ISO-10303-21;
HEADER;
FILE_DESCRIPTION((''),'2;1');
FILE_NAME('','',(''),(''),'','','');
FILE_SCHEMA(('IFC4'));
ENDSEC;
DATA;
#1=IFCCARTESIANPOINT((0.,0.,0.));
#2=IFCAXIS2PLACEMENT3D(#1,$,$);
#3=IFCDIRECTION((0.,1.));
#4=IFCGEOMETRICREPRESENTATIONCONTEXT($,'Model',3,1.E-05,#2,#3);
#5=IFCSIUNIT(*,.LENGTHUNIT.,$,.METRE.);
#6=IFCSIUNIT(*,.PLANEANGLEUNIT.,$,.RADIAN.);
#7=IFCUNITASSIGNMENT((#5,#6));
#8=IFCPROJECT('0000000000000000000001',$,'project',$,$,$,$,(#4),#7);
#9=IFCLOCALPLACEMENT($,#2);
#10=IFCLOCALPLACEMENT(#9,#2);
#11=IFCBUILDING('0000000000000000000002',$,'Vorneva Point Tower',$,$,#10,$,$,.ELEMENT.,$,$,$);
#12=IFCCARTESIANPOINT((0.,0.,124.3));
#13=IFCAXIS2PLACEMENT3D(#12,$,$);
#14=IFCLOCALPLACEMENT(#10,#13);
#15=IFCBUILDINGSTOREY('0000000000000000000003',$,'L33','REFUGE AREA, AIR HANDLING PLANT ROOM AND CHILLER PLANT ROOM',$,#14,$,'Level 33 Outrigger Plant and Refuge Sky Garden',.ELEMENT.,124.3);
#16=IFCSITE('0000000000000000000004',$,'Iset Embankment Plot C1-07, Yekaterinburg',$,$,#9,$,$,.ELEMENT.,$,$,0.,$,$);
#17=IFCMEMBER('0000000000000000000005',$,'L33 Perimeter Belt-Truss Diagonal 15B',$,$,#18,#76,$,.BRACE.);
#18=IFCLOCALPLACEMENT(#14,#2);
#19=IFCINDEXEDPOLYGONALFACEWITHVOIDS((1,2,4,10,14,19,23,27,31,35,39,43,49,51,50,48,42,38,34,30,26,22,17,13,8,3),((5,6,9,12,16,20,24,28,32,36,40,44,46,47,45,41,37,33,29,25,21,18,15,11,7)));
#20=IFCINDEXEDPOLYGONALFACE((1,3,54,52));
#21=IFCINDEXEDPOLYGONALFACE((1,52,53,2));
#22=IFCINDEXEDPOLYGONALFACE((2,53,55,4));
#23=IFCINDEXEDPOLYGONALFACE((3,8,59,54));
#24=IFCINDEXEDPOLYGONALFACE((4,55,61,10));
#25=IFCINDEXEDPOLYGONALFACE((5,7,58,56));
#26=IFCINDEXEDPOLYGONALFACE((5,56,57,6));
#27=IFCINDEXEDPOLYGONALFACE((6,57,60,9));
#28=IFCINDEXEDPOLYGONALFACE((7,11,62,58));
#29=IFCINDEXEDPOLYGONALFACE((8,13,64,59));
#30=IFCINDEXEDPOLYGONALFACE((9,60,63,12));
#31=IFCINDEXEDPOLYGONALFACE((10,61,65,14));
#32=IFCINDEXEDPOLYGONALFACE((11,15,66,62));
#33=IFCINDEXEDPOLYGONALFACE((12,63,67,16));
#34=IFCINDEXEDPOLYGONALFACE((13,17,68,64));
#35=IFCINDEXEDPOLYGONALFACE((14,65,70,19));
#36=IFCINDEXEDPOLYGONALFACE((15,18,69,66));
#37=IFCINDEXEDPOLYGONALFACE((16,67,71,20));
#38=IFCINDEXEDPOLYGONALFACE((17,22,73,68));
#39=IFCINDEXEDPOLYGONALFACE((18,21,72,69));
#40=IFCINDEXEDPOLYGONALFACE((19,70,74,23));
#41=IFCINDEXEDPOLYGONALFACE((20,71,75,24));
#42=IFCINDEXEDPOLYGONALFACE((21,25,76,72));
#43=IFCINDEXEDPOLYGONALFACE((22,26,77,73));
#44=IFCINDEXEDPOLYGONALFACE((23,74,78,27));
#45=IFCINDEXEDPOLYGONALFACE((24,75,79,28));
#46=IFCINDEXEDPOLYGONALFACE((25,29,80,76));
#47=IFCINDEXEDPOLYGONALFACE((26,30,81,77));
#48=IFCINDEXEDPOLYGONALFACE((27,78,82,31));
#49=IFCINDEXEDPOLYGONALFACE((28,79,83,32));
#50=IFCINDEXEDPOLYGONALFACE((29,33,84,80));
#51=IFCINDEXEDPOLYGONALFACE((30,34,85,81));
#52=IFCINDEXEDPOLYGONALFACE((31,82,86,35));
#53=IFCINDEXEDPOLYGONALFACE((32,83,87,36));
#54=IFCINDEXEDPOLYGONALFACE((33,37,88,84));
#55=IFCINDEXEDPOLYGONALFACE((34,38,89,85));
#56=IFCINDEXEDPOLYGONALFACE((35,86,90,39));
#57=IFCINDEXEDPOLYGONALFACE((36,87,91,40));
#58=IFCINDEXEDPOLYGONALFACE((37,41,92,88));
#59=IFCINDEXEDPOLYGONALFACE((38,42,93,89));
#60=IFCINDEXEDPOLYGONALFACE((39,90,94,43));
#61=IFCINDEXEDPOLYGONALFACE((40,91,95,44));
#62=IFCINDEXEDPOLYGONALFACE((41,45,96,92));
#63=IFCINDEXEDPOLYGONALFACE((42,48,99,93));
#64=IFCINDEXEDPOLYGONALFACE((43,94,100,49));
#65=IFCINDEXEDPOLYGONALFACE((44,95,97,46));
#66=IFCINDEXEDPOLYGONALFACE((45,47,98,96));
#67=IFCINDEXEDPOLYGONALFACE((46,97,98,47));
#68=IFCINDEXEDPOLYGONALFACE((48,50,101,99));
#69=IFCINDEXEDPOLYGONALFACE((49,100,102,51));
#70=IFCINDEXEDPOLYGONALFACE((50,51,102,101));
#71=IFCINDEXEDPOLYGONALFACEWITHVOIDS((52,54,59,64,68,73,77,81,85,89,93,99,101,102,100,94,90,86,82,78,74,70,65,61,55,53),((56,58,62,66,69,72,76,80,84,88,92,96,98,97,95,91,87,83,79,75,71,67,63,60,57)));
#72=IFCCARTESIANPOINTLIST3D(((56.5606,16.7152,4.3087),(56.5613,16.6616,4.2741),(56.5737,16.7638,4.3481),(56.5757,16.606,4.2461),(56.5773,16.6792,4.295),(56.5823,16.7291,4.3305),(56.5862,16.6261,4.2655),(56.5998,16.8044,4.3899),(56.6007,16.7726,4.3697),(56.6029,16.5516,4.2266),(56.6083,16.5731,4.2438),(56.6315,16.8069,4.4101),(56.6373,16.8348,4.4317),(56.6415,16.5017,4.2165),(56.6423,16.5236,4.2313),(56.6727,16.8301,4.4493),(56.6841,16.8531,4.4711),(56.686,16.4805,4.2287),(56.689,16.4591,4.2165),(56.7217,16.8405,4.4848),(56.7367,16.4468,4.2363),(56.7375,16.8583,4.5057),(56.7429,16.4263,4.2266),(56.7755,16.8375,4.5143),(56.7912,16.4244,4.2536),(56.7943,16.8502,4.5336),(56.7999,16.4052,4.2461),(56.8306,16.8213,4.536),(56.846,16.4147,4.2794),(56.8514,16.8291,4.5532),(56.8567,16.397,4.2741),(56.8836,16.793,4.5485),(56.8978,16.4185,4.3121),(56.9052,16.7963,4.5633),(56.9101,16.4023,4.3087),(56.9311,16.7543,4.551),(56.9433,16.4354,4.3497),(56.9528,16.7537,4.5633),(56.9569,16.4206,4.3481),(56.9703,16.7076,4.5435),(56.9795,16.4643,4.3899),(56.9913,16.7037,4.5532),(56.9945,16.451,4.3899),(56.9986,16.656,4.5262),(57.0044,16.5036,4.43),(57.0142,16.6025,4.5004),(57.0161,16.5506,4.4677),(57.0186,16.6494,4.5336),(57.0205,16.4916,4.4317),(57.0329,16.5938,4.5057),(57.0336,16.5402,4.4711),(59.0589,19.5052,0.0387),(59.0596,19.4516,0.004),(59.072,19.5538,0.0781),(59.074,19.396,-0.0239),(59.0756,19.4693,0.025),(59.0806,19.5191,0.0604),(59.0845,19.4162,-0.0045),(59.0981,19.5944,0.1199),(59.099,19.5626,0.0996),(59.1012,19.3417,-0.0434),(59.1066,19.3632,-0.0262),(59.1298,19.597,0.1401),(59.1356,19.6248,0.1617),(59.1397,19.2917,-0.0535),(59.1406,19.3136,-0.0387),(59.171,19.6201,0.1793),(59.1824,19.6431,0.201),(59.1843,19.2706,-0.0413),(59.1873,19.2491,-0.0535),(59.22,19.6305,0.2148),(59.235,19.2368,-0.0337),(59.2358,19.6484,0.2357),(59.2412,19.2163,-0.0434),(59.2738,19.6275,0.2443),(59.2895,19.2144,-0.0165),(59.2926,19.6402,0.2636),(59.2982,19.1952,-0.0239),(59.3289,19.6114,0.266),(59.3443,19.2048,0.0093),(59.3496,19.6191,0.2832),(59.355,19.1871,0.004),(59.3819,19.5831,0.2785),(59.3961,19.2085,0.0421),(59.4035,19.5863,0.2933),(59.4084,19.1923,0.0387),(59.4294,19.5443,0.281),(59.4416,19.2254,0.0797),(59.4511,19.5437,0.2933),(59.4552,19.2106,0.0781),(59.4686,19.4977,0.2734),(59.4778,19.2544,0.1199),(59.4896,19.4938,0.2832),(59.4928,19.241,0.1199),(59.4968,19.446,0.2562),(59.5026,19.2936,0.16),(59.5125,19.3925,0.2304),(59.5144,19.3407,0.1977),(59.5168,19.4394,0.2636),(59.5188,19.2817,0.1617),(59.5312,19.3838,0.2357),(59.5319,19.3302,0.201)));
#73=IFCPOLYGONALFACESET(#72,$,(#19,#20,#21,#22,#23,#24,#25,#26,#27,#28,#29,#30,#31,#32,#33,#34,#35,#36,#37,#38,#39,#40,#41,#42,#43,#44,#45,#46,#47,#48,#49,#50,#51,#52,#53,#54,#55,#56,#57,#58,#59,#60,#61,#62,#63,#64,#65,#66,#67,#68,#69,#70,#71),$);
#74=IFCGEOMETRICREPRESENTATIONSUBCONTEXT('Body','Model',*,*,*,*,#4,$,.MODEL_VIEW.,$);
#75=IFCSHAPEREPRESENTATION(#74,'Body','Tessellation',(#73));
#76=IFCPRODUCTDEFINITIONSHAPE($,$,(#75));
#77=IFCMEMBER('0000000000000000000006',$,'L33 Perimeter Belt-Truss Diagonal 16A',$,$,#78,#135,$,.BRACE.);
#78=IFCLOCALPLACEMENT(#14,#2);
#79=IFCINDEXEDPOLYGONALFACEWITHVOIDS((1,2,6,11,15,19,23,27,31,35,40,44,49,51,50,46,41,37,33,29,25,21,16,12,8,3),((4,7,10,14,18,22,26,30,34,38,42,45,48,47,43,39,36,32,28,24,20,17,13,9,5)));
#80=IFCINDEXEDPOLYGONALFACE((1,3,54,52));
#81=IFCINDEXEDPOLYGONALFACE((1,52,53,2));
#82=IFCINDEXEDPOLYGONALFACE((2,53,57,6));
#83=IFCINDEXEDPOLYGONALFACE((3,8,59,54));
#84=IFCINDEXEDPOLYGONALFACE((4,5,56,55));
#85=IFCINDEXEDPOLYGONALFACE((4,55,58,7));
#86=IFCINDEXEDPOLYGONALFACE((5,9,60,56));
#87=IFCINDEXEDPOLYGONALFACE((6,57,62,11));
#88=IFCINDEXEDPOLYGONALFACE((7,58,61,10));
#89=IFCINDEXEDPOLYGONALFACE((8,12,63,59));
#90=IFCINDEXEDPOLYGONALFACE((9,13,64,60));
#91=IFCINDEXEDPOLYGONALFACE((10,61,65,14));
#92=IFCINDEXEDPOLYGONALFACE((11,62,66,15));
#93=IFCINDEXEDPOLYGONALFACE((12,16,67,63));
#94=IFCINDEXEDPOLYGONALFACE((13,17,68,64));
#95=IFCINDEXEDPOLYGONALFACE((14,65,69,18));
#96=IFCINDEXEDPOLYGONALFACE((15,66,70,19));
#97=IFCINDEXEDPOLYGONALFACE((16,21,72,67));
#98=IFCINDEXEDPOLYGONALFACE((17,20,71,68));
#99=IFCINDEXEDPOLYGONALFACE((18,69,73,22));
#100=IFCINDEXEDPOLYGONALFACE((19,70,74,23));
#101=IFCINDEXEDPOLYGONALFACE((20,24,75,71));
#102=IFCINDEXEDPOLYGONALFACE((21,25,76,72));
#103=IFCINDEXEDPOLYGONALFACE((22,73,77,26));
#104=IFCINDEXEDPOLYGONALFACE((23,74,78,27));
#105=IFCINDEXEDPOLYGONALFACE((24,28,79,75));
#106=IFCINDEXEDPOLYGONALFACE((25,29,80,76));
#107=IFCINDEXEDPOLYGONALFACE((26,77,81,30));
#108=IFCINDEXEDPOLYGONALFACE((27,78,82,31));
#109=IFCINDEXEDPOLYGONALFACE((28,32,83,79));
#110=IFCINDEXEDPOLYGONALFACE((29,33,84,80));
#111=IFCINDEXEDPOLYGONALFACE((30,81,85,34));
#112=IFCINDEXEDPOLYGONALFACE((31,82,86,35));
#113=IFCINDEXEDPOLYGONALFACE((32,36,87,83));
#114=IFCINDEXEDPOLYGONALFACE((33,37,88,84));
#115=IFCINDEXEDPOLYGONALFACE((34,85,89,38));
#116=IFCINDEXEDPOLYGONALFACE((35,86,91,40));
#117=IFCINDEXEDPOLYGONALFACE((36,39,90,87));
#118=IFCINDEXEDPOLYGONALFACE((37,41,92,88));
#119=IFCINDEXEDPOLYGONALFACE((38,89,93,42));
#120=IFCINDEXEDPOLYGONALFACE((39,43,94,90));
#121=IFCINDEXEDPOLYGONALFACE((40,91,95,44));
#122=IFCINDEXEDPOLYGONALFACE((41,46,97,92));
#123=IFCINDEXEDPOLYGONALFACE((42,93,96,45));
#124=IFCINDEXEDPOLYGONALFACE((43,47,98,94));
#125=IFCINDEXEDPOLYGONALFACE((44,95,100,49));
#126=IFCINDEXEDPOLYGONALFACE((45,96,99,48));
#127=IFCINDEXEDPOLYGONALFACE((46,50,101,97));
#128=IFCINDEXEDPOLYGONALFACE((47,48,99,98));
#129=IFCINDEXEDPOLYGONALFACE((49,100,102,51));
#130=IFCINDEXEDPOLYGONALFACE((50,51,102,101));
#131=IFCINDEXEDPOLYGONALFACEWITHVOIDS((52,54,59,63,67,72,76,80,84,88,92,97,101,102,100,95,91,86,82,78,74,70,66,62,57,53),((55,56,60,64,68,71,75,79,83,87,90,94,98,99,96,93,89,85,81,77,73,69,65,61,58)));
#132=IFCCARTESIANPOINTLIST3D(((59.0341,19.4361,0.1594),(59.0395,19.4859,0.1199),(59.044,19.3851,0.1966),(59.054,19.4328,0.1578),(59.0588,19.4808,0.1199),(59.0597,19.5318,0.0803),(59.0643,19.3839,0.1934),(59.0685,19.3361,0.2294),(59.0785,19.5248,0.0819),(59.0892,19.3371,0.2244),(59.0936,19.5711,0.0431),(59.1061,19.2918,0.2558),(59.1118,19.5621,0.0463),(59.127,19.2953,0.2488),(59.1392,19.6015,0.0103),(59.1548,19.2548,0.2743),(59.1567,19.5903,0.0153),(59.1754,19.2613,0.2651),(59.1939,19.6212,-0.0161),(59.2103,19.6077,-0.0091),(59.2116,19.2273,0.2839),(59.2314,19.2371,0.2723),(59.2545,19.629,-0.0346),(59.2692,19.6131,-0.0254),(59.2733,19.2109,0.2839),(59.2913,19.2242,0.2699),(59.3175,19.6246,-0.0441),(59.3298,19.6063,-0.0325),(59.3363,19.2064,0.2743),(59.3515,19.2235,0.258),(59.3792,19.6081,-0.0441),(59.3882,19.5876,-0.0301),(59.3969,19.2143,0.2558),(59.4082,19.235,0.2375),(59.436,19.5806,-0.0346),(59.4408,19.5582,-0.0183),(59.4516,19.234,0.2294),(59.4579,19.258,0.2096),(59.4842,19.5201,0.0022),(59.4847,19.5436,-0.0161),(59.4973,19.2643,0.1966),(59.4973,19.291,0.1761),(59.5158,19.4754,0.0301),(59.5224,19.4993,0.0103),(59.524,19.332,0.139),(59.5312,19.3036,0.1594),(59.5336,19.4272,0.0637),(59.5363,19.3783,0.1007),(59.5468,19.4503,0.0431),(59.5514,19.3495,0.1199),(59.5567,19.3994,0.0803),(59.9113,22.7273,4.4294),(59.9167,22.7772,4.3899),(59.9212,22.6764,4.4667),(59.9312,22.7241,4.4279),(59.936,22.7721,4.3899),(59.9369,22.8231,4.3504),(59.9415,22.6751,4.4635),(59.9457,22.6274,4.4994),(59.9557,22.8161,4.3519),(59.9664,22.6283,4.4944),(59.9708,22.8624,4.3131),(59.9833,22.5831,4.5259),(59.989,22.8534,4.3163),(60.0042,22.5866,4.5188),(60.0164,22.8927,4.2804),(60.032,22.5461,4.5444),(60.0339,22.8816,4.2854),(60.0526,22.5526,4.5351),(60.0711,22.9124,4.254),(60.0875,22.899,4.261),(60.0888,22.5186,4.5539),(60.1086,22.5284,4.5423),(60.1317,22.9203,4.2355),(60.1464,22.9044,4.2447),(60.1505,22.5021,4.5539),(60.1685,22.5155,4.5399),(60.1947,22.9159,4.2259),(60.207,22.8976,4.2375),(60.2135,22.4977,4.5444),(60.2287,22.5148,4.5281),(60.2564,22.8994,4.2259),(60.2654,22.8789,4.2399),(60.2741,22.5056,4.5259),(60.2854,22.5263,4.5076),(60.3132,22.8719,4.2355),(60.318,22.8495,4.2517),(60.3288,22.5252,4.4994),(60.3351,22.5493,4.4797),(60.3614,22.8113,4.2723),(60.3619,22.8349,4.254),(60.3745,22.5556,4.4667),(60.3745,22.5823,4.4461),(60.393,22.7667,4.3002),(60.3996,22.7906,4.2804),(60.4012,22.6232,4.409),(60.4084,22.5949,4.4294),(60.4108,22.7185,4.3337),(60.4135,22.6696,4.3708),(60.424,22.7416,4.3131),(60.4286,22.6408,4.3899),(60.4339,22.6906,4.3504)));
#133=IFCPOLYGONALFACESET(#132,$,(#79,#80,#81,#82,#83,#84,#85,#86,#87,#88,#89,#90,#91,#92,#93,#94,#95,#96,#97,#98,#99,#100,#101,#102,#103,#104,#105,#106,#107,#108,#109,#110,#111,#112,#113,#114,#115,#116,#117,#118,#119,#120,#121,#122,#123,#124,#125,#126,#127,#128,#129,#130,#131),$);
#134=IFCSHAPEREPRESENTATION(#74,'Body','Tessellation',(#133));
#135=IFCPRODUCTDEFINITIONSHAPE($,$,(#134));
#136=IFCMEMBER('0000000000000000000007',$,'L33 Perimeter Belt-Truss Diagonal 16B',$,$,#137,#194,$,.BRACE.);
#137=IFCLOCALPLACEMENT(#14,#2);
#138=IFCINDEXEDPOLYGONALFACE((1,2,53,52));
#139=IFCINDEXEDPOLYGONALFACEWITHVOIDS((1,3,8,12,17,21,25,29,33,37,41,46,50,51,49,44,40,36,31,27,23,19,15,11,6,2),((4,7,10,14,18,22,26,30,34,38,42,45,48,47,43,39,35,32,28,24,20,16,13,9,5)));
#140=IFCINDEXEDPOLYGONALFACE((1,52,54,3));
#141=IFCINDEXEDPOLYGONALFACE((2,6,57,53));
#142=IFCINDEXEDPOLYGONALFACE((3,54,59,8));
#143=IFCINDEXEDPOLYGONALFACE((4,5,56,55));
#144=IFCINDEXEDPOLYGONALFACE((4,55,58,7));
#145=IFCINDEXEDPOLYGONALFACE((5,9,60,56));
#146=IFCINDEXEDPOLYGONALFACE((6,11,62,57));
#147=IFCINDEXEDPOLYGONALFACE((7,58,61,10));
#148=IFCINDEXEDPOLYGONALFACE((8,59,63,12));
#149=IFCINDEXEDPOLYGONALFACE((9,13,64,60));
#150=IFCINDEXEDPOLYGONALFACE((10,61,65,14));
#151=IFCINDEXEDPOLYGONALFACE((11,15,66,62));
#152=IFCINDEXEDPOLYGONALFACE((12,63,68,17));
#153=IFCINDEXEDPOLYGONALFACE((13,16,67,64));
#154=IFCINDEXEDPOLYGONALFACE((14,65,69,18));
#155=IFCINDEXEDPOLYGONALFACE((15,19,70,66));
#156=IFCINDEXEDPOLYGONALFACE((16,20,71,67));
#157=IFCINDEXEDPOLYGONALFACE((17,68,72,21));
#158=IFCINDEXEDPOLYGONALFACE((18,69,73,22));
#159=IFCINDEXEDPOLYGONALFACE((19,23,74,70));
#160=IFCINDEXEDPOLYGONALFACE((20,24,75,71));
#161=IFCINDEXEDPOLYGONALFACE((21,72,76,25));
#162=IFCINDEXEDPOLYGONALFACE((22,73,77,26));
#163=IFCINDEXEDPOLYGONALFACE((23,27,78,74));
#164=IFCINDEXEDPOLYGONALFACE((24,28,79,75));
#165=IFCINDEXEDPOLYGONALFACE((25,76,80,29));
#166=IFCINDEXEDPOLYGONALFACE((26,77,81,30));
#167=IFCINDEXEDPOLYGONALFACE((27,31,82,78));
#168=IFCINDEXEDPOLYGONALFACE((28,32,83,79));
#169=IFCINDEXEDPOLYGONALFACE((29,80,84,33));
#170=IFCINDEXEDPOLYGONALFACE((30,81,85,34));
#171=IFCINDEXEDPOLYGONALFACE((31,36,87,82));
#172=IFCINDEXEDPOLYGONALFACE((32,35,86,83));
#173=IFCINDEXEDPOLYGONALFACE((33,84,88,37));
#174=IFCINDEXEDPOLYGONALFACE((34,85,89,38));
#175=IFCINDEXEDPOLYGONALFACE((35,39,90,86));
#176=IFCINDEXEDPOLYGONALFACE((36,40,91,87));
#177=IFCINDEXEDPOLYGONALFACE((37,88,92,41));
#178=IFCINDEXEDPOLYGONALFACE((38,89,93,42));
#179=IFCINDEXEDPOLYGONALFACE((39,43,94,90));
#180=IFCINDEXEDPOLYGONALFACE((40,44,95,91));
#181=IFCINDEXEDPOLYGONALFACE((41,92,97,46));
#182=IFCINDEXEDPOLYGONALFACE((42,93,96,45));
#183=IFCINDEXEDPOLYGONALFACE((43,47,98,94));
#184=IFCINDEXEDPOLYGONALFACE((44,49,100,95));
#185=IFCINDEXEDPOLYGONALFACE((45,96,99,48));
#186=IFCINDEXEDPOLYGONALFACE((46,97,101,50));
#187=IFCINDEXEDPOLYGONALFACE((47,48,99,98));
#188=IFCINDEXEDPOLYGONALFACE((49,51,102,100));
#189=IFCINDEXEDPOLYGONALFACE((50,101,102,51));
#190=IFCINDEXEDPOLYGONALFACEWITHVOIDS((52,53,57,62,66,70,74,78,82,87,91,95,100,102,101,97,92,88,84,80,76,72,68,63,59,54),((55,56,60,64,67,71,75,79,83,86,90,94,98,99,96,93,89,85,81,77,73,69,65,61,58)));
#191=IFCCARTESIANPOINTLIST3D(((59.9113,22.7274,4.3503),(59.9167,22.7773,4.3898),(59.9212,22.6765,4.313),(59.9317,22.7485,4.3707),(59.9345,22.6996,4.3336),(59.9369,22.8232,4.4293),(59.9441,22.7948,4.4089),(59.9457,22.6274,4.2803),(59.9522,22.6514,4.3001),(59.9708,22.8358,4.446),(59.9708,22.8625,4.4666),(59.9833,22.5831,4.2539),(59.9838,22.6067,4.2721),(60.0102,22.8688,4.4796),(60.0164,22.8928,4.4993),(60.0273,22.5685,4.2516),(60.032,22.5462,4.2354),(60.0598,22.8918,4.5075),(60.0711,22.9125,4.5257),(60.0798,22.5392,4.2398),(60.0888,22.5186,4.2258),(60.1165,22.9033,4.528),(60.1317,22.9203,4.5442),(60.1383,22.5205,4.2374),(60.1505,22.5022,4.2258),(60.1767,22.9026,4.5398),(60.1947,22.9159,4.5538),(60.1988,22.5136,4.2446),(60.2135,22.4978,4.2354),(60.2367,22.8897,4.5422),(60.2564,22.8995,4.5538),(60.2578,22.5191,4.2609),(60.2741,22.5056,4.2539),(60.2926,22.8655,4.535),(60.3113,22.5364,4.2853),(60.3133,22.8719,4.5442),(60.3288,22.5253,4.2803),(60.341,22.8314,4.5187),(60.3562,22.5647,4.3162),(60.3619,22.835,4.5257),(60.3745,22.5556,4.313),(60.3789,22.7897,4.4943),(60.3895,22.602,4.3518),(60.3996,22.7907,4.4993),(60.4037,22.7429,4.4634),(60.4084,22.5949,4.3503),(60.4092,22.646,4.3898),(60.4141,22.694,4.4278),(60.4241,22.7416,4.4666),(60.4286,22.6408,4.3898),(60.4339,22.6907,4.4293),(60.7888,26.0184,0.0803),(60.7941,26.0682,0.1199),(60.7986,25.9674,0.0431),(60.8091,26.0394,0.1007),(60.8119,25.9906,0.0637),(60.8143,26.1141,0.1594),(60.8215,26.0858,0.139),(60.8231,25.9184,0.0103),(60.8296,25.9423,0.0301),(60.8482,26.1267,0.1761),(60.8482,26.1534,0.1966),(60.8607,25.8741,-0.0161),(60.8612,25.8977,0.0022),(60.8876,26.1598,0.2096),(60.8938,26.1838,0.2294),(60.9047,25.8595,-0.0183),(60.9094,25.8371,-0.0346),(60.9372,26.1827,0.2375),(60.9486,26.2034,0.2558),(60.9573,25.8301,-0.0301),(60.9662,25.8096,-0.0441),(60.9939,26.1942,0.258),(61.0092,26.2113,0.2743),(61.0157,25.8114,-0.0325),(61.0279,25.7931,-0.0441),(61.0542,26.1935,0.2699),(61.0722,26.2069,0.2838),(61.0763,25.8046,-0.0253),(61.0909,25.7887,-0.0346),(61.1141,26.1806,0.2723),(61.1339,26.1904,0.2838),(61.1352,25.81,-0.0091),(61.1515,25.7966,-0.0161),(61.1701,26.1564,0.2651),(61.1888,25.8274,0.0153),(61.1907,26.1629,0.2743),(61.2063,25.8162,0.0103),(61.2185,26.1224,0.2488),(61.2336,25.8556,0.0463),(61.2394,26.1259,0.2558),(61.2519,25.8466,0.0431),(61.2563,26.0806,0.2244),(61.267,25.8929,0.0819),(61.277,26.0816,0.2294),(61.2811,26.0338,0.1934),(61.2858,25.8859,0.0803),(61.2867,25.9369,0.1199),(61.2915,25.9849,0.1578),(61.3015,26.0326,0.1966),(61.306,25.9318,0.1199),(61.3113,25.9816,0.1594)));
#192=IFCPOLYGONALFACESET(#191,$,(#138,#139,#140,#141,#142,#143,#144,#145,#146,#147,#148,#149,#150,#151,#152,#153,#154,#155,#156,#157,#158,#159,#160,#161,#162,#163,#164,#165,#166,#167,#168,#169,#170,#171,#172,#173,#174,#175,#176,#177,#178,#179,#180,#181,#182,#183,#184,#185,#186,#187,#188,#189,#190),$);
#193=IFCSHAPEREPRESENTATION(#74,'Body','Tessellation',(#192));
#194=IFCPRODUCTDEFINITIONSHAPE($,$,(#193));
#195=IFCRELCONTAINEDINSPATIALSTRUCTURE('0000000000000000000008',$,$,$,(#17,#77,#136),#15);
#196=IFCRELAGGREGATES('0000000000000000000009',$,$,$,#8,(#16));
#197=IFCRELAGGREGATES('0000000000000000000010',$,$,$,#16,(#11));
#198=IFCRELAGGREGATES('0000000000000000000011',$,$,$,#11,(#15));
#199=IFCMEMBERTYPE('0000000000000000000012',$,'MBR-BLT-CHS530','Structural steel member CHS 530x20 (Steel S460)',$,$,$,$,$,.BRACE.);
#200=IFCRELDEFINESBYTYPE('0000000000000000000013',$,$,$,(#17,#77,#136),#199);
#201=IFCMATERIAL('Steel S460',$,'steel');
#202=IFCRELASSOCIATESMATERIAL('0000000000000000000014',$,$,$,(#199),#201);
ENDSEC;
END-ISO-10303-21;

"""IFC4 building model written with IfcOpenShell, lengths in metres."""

from ifc_helpers import new_model, si_unit, direction, frame, origin, origin_2d, place, context, subcontext, project, spatial, hollow_circle, extrude, material, material_profile, profile_set, type_object, element, save


model = new_model("IFC4")

# Units and contexts
model_context = context("Model", 3, precision=1e-05, world=origin(), true_north=direction((0.0, 1.0)))
body_context = subcontext(model_context, "Body", "Model", "MODEL_VIEW")
ifc_project = project(units=[si_unit("LENGTHUNIT", "METRE"), si_unit("PLANEANGLEUNIT", "RADIAN")], contexts=[model_context])

# Site, building, storey
site_placement = place(None, origin())
site = spatial("IfcSite", under=ifc_project, at=site_placement, Name="Iset Embankment Plot C1-07, Yekaterinburg", CompositionType="ELEMENT", RefElevation=0.0)
building_placement = place(site_placement, origin())
building = spatial("IfcBuilding", under=site, at=building_placement, Name="Vorneva Point Tower", CompositionType="ELEMENT")
storey_placement = place(building_placement, frame((0.0, 0.0, 124.3)))
storey = spatial("IfcBuildingStorey", under=building, at=storey_placement, Name="L33", Description="REFUGE AREA, AIR HANDLING PLANT ROOM AND CHILLER PLANT ROOM", LongName="Level 33 Outrigger Plant and Refuge Sky Garden", CompositionType="ELEMENT", Elevation=124.3)

# Shared definitions
ifc_material_1 = material(Name="Steel S460", Category="steel")

# Members
ifc_material_profile_1 = material_profile(ifc_material_1, hollow_circle(Radius=0.2649, WallThickness=0.02, at=origin_2d()), Name="CHS 530x20")
ifc_profile_set_1 = profile_set([ifc_material_profile_1], Name="Steel S460")
member_type = type_object("IfcMemberType", Name="MBR-BLT-CHS530", Description="Structural steel member CHS 530x20 (Steel S460)", PredefinedType="BRACE", material=ifc_profile_set_1)
member_1_placement = place(storey_placement, frame((59.2954, 19.4177, 0.1199), z_axis=(-0.439864, -0.491231, 0.751805), x_axis=(0.744984, -0.667083, 0.0)))
element("IfcMember", 1, at=member_1_placement, inside=storey, type_object=member_type, Name="L33 Perimeter Belt-Truss Diagonal 15B", PredefinedType="BRACE", context=body_context, shape_type="SweptSolid", body=[
    extrude(hollow_circle(Radius=0.2649, WallThickness=0.02, at=origin_2d()), origin(), (0.0, 0.0, 1.0), 5.6797),
])
member_2_placement = place(storey_placement, frame((59.2954, 19.4177, 0.1199), z_axis=(0.160596, 0.602559, 0.781749), x_axis=(-0.966269, 0.257533, 0.0)))
element("IfcMember", 2, at=member_2_placement, inside=storey, type_object=member_type, Name="L33 Perimeter Belt-Truss Diagonal 16A", PredefinedType="BRACE", context=body_context, shape_type="SweptSolid", body=[
    extrude(hollow_circle(Radius=0.2649, WallThickness=0.02, at=origin_2d()), origin(), (0.0, 0.0, 1.0), 5.4622),
])
member_3_placement = place(storey_placement, frame((61.05, 26.0, 0.1199), z_axis=(-0.160644, -0.602526, 0.781764), x_axis=(0.966247, -0.257618, 0.0)))
element("IfcMember", 3, at=member_3_placement, inside=storey, type_object=member_type, Name="L33 Perimeter Belt-Truss Diagonal 16B", PredefinedType="BRACE", context=body_context, shape_type="SweptSolid", body=[
    extrude(hollow_circle(Radius=0.2649, WallThickness=0.02, at=origin_2d()), origin(), (0.0, 0.0, 1.0), 5.4619),
])

save(model, "model.ifc")
